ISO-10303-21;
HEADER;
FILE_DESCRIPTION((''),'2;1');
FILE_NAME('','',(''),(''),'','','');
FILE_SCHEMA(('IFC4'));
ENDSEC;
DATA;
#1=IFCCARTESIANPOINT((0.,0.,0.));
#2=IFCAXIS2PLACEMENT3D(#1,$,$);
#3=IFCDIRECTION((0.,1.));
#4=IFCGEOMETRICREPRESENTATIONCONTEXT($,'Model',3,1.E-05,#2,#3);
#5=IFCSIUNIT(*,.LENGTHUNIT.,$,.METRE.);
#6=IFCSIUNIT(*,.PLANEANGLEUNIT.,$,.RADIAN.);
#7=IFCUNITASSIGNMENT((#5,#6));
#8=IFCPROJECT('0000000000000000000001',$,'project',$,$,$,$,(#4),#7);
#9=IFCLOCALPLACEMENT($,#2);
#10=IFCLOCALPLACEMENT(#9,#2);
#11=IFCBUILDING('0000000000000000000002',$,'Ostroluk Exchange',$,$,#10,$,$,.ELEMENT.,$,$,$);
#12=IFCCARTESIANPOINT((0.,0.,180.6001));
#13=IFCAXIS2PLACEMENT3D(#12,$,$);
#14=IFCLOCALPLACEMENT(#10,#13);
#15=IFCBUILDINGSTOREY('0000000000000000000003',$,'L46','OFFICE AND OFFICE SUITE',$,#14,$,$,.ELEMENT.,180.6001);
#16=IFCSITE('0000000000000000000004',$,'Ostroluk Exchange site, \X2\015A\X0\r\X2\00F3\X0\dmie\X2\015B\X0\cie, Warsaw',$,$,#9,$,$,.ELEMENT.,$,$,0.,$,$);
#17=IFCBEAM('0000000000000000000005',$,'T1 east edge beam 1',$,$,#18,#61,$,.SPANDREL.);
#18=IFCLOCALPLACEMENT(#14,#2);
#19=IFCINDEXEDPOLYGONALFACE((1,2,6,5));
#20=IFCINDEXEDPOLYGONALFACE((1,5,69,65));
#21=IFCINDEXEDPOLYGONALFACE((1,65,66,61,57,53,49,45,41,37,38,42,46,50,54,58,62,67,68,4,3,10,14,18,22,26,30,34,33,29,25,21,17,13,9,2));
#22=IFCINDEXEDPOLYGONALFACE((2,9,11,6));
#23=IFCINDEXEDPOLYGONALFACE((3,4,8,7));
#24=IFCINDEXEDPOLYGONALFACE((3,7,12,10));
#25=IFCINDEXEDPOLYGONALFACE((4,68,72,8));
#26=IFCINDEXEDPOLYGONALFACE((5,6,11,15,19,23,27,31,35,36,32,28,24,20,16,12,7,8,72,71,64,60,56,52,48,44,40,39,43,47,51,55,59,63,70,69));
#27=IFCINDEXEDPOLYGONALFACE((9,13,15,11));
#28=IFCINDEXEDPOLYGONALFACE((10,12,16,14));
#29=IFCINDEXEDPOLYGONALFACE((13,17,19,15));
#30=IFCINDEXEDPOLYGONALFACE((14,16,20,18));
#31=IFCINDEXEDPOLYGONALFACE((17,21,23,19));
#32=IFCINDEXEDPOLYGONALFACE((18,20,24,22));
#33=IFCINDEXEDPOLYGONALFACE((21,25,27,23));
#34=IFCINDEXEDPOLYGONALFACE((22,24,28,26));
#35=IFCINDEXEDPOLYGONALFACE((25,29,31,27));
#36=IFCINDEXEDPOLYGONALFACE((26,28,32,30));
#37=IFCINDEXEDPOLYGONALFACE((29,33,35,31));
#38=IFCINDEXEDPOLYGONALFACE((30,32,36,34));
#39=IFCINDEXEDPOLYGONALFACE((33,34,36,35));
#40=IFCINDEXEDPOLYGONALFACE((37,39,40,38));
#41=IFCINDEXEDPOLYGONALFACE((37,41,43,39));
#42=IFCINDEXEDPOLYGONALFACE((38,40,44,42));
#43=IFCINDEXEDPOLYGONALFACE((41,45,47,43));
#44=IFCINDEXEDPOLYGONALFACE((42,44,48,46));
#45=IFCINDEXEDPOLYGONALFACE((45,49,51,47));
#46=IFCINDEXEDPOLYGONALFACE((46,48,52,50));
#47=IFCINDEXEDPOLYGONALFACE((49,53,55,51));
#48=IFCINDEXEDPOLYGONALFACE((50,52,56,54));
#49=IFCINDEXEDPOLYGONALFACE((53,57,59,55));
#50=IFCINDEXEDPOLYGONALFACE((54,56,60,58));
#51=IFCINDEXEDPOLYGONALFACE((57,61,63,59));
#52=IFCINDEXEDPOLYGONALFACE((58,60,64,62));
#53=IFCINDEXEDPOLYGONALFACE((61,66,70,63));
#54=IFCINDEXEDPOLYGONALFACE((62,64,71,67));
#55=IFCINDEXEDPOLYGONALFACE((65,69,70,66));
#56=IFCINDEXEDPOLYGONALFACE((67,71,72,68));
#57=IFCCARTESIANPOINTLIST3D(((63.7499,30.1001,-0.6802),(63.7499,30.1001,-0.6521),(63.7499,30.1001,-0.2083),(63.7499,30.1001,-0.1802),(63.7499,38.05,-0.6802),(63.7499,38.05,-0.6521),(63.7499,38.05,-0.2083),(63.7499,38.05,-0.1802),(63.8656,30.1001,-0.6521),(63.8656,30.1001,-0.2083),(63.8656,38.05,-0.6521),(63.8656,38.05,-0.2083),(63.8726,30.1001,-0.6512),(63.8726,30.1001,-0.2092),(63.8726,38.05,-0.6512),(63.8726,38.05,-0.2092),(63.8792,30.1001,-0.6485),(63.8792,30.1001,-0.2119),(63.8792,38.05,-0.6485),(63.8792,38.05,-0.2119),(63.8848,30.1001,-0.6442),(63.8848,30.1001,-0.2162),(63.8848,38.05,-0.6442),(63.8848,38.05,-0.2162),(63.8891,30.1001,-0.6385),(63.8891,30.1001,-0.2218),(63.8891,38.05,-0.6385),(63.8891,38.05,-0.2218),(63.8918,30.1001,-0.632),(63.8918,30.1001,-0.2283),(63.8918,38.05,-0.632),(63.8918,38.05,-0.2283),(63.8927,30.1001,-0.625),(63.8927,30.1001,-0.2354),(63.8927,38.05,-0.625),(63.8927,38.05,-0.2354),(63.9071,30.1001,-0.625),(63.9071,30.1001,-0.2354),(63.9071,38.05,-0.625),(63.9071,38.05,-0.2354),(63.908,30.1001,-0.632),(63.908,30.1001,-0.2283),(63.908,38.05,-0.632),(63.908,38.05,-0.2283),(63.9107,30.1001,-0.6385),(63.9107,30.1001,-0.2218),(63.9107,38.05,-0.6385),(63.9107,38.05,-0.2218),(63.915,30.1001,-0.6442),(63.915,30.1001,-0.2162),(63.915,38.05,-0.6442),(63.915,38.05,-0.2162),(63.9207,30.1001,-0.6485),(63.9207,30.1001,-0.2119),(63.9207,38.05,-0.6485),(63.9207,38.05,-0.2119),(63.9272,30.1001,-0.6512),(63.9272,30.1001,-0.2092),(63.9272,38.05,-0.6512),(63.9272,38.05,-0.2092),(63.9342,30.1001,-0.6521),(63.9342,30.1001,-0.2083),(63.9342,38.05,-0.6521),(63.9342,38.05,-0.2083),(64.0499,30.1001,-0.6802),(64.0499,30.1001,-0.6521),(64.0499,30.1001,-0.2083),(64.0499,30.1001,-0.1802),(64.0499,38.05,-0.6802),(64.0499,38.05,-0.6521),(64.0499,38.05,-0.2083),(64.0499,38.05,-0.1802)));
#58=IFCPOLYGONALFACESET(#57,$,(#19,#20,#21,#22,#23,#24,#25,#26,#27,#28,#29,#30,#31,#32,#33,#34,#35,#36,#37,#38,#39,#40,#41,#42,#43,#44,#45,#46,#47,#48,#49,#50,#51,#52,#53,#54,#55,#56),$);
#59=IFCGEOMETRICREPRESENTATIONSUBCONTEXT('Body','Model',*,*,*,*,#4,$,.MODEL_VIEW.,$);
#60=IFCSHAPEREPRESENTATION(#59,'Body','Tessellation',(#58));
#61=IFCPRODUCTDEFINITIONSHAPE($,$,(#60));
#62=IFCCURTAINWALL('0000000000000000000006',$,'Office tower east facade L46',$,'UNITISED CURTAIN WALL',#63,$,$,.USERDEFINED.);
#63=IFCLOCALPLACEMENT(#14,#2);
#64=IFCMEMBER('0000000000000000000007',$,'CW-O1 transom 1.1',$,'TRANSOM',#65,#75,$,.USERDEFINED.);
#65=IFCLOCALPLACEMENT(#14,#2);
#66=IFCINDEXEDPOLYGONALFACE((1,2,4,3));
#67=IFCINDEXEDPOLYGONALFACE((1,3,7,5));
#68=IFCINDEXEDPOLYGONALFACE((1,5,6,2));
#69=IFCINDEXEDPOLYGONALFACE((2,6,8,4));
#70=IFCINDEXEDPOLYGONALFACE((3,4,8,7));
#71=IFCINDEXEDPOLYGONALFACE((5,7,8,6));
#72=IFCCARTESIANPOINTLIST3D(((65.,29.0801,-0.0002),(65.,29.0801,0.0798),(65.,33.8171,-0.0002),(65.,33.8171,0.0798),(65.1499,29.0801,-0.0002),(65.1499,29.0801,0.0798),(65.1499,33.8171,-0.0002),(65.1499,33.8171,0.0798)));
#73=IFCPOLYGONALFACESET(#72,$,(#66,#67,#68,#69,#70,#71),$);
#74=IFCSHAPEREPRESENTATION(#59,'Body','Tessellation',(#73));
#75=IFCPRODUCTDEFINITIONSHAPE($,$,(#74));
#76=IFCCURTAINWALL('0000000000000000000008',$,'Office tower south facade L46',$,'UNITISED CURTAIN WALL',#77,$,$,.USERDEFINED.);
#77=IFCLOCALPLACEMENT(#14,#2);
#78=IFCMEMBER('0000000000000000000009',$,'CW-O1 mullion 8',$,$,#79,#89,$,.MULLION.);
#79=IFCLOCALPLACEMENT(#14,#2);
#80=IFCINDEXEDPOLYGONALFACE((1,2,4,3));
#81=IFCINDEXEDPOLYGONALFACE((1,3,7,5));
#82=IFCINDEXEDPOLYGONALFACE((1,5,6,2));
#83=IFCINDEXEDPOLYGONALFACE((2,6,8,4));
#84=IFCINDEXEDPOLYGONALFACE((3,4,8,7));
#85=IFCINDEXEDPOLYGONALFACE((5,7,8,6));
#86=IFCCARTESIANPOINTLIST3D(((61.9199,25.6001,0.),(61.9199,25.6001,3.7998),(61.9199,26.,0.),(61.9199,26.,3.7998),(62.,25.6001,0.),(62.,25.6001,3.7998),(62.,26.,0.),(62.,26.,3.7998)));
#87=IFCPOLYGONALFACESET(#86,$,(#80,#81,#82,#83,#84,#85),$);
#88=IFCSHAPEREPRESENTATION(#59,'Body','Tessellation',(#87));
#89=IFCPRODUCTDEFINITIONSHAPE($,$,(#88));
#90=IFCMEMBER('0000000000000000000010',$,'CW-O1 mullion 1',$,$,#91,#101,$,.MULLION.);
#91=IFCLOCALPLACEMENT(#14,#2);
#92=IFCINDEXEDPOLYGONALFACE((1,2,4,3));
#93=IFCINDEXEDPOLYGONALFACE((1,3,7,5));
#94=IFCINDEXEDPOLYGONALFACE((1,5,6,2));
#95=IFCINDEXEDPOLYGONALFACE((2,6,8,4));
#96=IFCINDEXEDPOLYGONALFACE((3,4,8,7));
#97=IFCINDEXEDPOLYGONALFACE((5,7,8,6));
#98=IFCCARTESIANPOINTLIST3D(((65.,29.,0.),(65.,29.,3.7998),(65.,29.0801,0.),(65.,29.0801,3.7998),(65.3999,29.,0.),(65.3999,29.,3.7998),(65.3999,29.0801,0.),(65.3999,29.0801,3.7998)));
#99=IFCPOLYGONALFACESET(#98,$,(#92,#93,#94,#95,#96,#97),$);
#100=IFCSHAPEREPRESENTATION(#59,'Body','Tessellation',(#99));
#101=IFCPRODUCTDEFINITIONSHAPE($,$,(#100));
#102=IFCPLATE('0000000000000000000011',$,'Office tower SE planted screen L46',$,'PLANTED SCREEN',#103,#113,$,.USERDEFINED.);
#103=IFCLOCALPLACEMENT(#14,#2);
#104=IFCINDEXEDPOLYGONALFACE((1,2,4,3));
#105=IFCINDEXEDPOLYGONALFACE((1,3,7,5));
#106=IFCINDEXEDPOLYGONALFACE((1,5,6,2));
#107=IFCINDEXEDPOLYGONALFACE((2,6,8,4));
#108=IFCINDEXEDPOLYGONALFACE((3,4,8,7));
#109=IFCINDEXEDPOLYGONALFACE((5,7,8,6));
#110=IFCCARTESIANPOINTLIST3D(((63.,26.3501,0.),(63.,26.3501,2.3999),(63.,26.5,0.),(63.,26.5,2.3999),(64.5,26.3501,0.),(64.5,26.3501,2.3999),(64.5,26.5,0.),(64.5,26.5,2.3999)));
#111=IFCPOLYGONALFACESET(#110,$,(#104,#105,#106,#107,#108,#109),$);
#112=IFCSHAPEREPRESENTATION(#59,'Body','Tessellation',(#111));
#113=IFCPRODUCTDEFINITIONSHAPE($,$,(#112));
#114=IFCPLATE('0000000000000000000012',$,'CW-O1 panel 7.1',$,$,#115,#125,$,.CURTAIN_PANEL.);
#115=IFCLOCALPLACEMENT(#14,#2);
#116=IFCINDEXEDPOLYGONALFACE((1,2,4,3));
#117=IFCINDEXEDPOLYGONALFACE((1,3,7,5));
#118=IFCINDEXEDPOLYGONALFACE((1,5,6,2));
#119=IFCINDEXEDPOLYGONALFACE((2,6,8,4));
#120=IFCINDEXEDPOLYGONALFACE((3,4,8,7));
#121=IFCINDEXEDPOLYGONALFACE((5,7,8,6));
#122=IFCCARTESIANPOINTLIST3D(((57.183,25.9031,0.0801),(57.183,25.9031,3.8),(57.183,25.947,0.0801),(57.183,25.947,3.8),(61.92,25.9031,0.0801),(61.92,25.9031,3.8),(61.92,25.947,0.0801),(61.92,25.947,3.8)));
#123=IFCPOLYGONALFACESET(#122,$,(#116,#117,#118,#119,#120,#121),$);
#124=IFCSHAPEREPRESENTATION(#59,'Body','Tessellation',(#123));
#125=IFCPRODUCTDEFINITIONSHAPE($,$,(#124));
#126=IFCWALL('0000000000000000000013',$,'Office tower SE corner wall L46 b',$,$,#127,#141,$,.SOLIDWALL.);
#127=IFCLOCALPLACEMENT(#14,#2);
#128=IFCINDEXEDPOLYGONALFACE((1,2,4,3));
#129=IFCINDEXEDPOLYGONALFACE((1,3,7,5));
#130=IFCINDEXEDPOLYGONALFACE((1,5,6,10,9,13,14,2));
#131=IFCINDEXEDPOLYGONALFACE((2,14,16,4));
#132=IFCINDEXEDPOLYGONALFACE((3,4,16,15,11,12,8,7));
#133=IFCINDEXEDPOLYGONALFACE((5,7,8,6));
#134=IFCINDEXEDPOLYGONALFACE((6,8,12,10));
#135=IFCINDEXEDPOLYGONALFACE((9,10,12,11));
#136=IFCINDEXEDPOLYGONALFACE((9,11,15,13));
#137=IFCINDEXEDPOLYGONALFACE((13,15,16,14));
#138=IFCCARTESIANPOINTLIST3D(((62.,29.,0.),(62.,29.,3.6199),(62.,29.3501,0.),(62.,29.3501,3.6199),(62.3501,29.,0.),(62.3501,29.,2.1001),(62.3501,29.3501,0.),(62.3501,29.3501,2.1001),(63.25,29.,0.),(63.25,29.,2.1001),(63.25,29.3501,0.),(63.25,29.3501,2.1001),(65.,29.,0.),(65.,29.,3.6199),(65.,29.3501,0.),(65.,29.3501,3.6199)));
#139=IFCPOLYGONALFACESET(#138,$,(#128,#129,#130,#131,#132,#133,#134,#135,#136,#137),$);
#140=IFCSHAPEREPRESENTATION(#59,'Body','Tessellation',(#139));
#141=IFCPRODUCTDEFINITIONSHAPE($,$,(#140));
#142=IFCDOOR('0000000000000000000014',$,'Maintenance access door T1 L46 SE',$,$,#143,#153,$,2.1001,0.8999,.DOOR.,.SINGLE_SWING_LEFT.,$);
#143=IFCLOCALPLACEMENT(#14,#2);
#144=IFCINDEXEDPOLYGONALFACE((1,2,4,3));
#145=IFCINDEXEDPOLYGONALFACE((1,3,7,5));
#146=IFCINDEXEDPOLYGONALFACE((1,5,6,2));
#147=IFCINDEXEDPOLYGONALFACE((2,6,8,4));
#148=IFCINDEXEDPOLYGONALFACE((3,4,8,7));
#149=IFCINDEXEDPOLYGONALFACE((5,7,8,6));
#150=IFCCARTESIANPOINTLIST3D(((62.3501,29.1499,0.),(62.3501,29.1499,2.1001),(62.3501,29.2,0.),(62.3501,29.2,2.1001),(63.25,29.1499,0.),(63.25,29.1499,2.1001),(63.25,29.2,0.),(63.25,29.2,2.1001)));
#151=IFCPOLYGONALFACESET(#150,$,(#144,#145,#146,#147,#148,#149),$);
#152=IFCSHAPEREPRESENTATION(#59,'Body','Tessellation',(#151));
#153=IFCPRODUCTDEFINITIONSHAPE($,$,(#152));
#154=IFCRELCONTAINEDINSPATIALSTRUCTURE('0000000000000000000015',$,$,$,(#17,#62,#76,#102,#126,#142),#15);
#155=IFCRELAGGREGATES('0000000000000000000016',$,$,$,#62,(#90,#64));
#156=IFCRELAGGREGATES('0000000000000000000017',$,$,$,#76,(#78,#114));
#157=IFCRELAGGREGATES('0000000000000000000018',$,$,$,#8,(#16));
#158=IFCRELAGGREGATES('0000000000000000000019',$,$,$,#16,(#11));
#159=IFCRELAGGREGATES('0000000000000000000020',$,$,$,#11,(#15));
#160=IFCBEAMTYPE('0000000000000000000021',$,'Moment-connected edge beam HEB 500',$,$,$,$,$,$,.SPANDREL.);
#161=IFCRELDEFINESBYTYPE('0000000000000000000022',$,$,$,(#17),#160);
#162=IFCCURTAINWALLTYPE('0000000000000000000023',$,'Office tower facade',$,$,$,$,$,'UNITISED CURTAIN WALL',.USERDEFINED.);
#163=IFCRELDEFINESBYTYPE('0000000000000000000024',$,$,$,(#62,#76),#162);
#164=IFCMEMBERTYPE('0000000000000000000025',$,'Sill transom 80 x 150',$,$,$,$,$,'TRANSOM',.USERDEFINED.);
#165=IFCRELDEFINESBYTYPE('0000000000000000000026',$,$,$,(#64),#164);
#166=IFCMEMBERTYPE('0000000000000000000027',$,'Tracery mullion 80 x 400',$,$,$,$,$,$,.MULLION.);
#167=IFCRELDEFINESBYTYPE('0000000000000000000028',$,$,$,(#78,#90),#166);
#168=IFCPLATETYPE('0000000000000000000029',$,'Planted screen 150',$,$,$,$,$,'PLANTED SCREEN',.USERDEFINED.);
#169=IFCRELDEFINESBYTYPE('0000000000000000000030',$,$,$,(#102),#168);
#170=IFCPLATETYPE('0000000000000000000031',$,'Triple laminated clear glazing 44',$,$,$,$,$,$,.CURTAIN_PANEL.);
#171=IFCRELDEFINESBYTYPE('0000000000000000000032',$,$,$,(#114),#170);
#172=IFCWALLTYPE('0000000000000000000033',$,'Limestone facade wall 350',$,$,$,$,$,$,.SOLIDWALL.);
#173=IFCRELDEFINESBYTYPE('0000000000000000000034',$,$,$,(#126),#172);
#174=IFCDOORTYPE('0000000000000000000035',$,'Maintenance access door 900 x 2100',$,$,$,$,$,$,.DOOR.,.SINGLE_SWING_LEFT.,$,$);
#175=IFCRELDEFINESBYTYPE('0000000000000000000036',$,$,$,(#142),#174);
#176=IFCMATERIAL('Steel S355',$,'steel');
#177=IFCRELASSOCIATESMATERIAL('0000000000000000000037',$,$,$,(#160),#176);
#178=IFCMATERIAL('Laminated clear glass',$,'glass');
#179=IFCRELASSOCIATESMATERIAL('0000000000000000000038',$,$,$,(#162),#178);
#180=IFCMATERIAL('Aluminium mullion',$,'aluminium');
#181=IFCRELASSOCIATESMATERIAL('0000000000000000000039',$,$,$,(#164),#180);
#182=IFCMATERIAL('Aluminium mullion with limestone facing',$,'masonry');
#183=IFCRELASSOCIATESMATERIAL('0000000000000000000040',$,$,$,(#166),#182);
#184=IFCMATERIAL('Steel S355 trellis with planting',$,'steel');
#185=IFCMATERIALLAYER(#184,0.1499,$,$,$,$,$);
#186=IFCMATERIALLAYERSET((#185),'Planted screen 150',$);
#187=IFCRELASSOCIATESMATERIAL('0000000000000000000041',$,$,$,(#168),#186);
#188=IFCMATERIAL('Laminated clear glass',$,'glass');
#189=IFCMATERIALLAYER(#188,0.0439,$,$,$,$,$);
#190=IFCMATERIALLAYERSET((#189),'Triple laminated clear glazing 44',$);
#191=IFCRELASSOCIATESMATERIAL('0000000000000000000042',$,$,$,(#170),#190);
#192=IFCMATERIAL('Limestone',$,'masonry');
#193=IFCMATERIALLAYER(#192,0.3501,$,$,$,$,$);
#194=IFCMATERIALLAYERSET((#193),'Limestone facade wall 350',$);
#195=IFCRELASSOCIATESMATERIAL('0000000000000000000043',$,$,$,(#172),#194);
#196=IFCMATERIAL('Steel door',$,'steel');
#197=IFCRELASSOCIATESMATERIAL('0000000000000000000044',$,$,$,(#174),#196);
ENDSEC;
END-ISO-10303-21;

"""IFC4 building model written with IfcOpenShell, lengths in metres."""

from ifc_helpers import new_model, si_unit, direction, frame, frame_2d, origin, origin_2d, place, context, subcontext, project, spatial, rectangle, i_section, extrude, material, layer, layer_set, material_profile, profile_set, type_object, element, fill, aggregate, save


model = new_model("IFC4")

# Units and contexts
model_context = context("Model", 3, precision=1e-05, world=origin(), true_north=direction((0.0, 1.0)))
body_context = subcontext(model_context, "Body", "Model", "MODEL_VIEW")
ifc_project = project(units=[si_unit("LENGTHUNIT", "METRE"), si_unit("PLANEANGLEUNIT", "RADIAN")], contexts=[model_context])

# Site, building, storey
site_placement = place(None, origin())
site = spatial("IfcSite", under=ifc_project, at=site_placement, Name="Ostroluk Exchange site, Śródmieście, Warsaw", CompositionType="ELEMENT", RefElevation=0.0)
building_placement = place(site_placement, origin())
building = spatial("IfcBuilding", under=site, at=building_placement, Name="Ostroluk Exchange", CompositionType="ELEMENT")
storey_placement = place(building_placement, frame((0.0, 0.0, 180.6001)))
storey = spatial("IfcBuildingStorey", under=building, at=storey_placement, Name="L46", Description="OFFICE AND OFFICE SUITE", CompositionType="ELEMENT", Elevation=180.6001)

# Beam
ifc_material_1 = material(Name="Steel S355", Category="steel")
ifc_material_profile_1 = material_profile(ifc_material_1, i_section(OverallWidth=0.3, OverallDepth=0.5, WebThickness=0.0144, FlangeThickness=0.0281, FilletRadius=0.0271, at=origin_2d()), Name="HEB 500")
ifc_profile_set_1 = profile_set([ifc_material_profile_1], Name="Steel S355")
beam_type_1 = type_object("IfcBeamType", Name="Moment-connected edge beam HEB 500", PredefinedType="SPANDREL", material=ifc_profile_set_1)
beam_placement = place(storey_placement, frame((63.8999, 30.1001, -0.4302), z_axis=(0.0, 1.0, 0.0), x_axis=(-1.0, 0.0, 0.0)))
element("IfcBeam", 1, at=beam_placement, inside=storey, type_object=beam_type_1, Name="T1 east edge beam 1", PredefinedType="SPANDREL", context=body_context, shape_type="SweptSolid", body=[
    extrude(i_section(OverallWidth=0.3, OverallDepth=0.5, WebThickness=0.0144, FlangeThickness=0.0281, FilletRadius=0.0271, at=origin_2d()), origin(), (0.0, 0.0, 1.0), 7.95),
])

# Curtain walls, members
ifc_material_2 = material(Name="Laminated clear glass", Category="glass")
curtain_wall_type = type_object("IfcCurtainWallType", Name="Office tower facade", ElementType="UNITISED CURTAIN WALL", PredefinedType="USERDEFINED", material=ifc_material_2)
curtain_wall_1_placement = place(storey_placement, origin())
curtain_wall_1 = element("IfcCurtainWall", 2, at=curtain_wall_1_placement, inside=storey, type_object=curtain_wall_type, Name="Office tower east facade L46", ObjectType="UNITISED CURTAIN WALL", PredefinedType="USERDEFINED")
ifc_material_3 = material(Name="Aluminium mullion", Category="aluminium")
ifc_material_profile_2 = material_profile(ifc_material_3, rectangle(XDim=0.1499, YDim=0.0801, at=origin_2d()), Name="Sill transom 80 x 150")
ifc_profile_set_2 = profile_set([ifc_material_profile_2], Name="Aluminium mullion")
member_type_1 = type_object("IfcMemberType", Name="Sill transom 80 x 150", ElementType="TRANSOM", PredefinedType="USERDEFINED", material=ifc_profile_set_2)
member_1_placement = place(storey_placement, frame((65.075, 29.0801, 0.0398), z_axis=(0.0, 1.0, 0.0), x_axis=(-1.0, 0.0, 0.0)))
member_1 = element("IfcMember", 3, at=member_1_placement, type_object=member_type_1, Name="CW-O1 transom 1.1", ObjectType="TRANSOM", PredefinedType="USERDEFINED", context=body_context, shape_type="SweptSolid", body=[
    extrude(rectangle(XDim=0.1499, YDim=0.0801, at=origin_2d()), origin(), (0.0, 0.0, 1.0), 4.7371),
])
curtain_wall_2_placement = place(storey_placement, origin())
curtain_wall_2 = element("IfcCurtainWall", 4, at=curtain_wall_2_placement, inside=storey, type_object=curtain_wall_type, Name="Office tower south facade L46", ObjectType="UNITISED CURTAIN WALL", PredefinedType="USERDEFINED")
ifc_material_4 = material(Name="Aluminium mullion with limestone facing", Category="masonry")
ifc_material_profile_3 = material_profile(ifc_material_4, rectangle(XDim=0.3999, YDim=0.0801, at=origin_2d()), Name="Tracery mullion 80 x 400")
ifc_profile_set_3 = profile_set([ifc_material_profile_3], Name="Aluminium mullion with limestone facing")
member_type_2 = type_object("IfcMemberType", Name="Tracery mullion 80 x 400", PredefinedType="MULLION", material=ifc_profile_set_3)
member_2_placement = place(storey_placement, frame((61.96, 25.8, 0.0), z_axis=(0.0, 0.0, 1.0), x_axis=(0.0, 1.0, 0.0)))
member_2 = element("IfcMember", 5, at=member_2_placement, type_object=member_type_2, Name="CW-O1 mullion 8", PredefinedType="MULLION", context=body_context, shape_type="SweptSolid", body=[
    extrude(rectangle(XDim=0.3999, YDim=0.0801, at=origin_2d()), origin(), (0.0, 0.0, 1.0), 3.7998),
])

# Member
member_3_placement = place(storey_placement, frame((65.2, 29.04, 0.0), z_axis=(0.0, 0.0, 1.0), x_axis=(-1.0, 0.0, 0.0)))
member_3 = element("IfcMember", 6, at=member_3_placement, type_object=member_type_2, Name="CW-O1 mullion 1", PredefinedType="MULLION", context=body_context, shape_type="SweptSolid", body=[
    extrude(rectangle(XDim=0.3999, YDim=0.0801, at=origin_2d()), origin(), (0.0, 0.0, 1.0), 3.7998),
])
aggregate(curtain_wall_1, [member_3, member_1])

# Plates
ifc_material_5 = material(Name="Steel S355 trellis with planting", Category="steel")
ifc_layer_1 = layer(ifc_material_5, 0.1499)
ifc_layer_set_1 = layer_set([ifc_layer_1], Name="Planted screen 150")
plate_type_1 = type_object("IfcPlateType", Name="Planted screen 150", ElementType="PLANTED SCREEN", PredefinedType="USERDEFINED", material=ifc_layer_set_1)
plate_1_placement = place(storey_placement, frame((63.75, 26.425, 0.0), z_axis=(0.0, 0.0, 1.0), x_axis=(1.0, 0.0, 0.0)))
element("IfcPlate", 7, at=plate_1_placement, inside=storey, type_object=plate_type_1, Name="Office tower SE planted screen L46", ObjectType="PLANTED SCREEN", PredefinedType="USERDEFINED", context=body_context, shape_type="SweptSolid", body=[
    extrude(rectangle(XDim=1.5, YDim=0.1499, at=origin_2d()), origin(), (0.0, 0.0, 1.0), 2.3999),
])
ifc_material_6 = material(Name="Laminated clear glass", Category="glass")
ifc_layer_2 = layer(ifc_material_6, 0.0439)
ifc_layer_set_2 = layer_set([ifc_layer_2], Name="Triple laminated clear glazing 44")
plate_type_2 = type_object("IfcPlateType", Name="Triple laminated clear glazing 44", PredefinedType="CURTAIN_PANEL", material=ifc_layer_set_2)
plate_2_placement = place(storey_placement, frame((59.5515, 25.925, 0.0801), z_axis=(0.0, 0.0, 1.0), x_axis=(1.0, 0.0, 0.0)))
plate_2 = element("IfcPlate", 8, at=plate_2_placement, type_object=plate_type_2, Name="CW-O1 panel 7.1", PredefinedType="CURTAIN_PANEL", context=body_context, shape_type="SweptSolid", body=[
    extrude(rectangle(XDim=4.7371, YDim=0.0439, at=origin_2d()), origin(), (0.0, 0.0, 1.0), 3.72),
])
aggregate(curtain_wall_2, [member_2, plate_2])

# Wall, opening, door
ifc_material_7 = material(Name="Limestone", Category="masonry")
ifc_layer_3 = layer(ifc_material_7, 0.3501)
ifc_layer_set_3 = layer_set([ifc_layer_3], Name="Limestone facade wall 350")
wall_type = type_object("IfcWallType", Name="Limestone facade wall 350", PredefinedType="SOLIDWALL", material=ifc_layer_set_3)
wall_1_placement = place(storey_placement, frame((62.0, 29.175, 0.0), z_axis=(0.0, 0.0, 1.0), x_axis=(1.0, 0.0, 0.0)))
wall_1 = element("IfcWall", 9, at=wall_1_placement, inside=storey, type_object=wall_type, Name="Office tower SE corner wall L46 b", PredefinedType="SOLIDWALL", context=body_context, shape_type="SweptSolid", body=[
    extrude(rectangle(XDim=3.0, YDim=0.3501, at=frame_2d((1.5, 0.0))), origin(), (0.0, 0.0, 1.0), 3.6199),
])
opening_1_placement = place(wall_1_placement, frame((0.3501, 0.0, 0.0)))
opening_1 = element("IfcOpeningElement", 10, at=opening_1_placement, cuts=wall_1, PredefinedType="OPENING", context=body_context, shape_type="SweptSolid", body=[
    extrude(rectangle(XDim=0.8999, YDim=2.1001, at=frame_2d((0.45, 1.05))), frame((0.0, 0.1851, 0.0), z_axis=(0.0, -1.0, 0.0), x_axis=(1.0, 0.0, 0.0)), (0.0, 0.0, 1.0), 0.3701),
])
ifc_material_8 = material(Name="Steel door", Category="steel")
door_type_1 = type_object("IfcDoorType", Name="Maintenance access door 900 x 2100", OperationType="SINGLE_SWING_LEFT", PredefinedType="DOOR", material=ifc_material_8)
door_1_placement = place(opening_1_placement, origin())
door_1 = element("IfcDoor", 11, at=door_1_placement, inside=storey, type_object=door_type_1, Name="Maintenance access door T1 L46 SE", OperationType="SINGLE_SWING_LEFT", OverallHeight=2.1001, OverallWidth=0.8999, PredefinedType="DOOR", context=body_context, shape_type="SweptSolid", body=[
    extrude(rectangle(XDim=0.8999, YDim=2.1001, at=frame_2d((0.45, 1.05))), frame((0.0, 0.0249, 0.0), z_axis=(0.0, -1.0, 0.0), x_axis=(1.0, 0.0, 0.0)), (0.0, 0.0, 1.0), 0.05),
])
fill(opening_1, door_1)

save(model, "model.ifc")
